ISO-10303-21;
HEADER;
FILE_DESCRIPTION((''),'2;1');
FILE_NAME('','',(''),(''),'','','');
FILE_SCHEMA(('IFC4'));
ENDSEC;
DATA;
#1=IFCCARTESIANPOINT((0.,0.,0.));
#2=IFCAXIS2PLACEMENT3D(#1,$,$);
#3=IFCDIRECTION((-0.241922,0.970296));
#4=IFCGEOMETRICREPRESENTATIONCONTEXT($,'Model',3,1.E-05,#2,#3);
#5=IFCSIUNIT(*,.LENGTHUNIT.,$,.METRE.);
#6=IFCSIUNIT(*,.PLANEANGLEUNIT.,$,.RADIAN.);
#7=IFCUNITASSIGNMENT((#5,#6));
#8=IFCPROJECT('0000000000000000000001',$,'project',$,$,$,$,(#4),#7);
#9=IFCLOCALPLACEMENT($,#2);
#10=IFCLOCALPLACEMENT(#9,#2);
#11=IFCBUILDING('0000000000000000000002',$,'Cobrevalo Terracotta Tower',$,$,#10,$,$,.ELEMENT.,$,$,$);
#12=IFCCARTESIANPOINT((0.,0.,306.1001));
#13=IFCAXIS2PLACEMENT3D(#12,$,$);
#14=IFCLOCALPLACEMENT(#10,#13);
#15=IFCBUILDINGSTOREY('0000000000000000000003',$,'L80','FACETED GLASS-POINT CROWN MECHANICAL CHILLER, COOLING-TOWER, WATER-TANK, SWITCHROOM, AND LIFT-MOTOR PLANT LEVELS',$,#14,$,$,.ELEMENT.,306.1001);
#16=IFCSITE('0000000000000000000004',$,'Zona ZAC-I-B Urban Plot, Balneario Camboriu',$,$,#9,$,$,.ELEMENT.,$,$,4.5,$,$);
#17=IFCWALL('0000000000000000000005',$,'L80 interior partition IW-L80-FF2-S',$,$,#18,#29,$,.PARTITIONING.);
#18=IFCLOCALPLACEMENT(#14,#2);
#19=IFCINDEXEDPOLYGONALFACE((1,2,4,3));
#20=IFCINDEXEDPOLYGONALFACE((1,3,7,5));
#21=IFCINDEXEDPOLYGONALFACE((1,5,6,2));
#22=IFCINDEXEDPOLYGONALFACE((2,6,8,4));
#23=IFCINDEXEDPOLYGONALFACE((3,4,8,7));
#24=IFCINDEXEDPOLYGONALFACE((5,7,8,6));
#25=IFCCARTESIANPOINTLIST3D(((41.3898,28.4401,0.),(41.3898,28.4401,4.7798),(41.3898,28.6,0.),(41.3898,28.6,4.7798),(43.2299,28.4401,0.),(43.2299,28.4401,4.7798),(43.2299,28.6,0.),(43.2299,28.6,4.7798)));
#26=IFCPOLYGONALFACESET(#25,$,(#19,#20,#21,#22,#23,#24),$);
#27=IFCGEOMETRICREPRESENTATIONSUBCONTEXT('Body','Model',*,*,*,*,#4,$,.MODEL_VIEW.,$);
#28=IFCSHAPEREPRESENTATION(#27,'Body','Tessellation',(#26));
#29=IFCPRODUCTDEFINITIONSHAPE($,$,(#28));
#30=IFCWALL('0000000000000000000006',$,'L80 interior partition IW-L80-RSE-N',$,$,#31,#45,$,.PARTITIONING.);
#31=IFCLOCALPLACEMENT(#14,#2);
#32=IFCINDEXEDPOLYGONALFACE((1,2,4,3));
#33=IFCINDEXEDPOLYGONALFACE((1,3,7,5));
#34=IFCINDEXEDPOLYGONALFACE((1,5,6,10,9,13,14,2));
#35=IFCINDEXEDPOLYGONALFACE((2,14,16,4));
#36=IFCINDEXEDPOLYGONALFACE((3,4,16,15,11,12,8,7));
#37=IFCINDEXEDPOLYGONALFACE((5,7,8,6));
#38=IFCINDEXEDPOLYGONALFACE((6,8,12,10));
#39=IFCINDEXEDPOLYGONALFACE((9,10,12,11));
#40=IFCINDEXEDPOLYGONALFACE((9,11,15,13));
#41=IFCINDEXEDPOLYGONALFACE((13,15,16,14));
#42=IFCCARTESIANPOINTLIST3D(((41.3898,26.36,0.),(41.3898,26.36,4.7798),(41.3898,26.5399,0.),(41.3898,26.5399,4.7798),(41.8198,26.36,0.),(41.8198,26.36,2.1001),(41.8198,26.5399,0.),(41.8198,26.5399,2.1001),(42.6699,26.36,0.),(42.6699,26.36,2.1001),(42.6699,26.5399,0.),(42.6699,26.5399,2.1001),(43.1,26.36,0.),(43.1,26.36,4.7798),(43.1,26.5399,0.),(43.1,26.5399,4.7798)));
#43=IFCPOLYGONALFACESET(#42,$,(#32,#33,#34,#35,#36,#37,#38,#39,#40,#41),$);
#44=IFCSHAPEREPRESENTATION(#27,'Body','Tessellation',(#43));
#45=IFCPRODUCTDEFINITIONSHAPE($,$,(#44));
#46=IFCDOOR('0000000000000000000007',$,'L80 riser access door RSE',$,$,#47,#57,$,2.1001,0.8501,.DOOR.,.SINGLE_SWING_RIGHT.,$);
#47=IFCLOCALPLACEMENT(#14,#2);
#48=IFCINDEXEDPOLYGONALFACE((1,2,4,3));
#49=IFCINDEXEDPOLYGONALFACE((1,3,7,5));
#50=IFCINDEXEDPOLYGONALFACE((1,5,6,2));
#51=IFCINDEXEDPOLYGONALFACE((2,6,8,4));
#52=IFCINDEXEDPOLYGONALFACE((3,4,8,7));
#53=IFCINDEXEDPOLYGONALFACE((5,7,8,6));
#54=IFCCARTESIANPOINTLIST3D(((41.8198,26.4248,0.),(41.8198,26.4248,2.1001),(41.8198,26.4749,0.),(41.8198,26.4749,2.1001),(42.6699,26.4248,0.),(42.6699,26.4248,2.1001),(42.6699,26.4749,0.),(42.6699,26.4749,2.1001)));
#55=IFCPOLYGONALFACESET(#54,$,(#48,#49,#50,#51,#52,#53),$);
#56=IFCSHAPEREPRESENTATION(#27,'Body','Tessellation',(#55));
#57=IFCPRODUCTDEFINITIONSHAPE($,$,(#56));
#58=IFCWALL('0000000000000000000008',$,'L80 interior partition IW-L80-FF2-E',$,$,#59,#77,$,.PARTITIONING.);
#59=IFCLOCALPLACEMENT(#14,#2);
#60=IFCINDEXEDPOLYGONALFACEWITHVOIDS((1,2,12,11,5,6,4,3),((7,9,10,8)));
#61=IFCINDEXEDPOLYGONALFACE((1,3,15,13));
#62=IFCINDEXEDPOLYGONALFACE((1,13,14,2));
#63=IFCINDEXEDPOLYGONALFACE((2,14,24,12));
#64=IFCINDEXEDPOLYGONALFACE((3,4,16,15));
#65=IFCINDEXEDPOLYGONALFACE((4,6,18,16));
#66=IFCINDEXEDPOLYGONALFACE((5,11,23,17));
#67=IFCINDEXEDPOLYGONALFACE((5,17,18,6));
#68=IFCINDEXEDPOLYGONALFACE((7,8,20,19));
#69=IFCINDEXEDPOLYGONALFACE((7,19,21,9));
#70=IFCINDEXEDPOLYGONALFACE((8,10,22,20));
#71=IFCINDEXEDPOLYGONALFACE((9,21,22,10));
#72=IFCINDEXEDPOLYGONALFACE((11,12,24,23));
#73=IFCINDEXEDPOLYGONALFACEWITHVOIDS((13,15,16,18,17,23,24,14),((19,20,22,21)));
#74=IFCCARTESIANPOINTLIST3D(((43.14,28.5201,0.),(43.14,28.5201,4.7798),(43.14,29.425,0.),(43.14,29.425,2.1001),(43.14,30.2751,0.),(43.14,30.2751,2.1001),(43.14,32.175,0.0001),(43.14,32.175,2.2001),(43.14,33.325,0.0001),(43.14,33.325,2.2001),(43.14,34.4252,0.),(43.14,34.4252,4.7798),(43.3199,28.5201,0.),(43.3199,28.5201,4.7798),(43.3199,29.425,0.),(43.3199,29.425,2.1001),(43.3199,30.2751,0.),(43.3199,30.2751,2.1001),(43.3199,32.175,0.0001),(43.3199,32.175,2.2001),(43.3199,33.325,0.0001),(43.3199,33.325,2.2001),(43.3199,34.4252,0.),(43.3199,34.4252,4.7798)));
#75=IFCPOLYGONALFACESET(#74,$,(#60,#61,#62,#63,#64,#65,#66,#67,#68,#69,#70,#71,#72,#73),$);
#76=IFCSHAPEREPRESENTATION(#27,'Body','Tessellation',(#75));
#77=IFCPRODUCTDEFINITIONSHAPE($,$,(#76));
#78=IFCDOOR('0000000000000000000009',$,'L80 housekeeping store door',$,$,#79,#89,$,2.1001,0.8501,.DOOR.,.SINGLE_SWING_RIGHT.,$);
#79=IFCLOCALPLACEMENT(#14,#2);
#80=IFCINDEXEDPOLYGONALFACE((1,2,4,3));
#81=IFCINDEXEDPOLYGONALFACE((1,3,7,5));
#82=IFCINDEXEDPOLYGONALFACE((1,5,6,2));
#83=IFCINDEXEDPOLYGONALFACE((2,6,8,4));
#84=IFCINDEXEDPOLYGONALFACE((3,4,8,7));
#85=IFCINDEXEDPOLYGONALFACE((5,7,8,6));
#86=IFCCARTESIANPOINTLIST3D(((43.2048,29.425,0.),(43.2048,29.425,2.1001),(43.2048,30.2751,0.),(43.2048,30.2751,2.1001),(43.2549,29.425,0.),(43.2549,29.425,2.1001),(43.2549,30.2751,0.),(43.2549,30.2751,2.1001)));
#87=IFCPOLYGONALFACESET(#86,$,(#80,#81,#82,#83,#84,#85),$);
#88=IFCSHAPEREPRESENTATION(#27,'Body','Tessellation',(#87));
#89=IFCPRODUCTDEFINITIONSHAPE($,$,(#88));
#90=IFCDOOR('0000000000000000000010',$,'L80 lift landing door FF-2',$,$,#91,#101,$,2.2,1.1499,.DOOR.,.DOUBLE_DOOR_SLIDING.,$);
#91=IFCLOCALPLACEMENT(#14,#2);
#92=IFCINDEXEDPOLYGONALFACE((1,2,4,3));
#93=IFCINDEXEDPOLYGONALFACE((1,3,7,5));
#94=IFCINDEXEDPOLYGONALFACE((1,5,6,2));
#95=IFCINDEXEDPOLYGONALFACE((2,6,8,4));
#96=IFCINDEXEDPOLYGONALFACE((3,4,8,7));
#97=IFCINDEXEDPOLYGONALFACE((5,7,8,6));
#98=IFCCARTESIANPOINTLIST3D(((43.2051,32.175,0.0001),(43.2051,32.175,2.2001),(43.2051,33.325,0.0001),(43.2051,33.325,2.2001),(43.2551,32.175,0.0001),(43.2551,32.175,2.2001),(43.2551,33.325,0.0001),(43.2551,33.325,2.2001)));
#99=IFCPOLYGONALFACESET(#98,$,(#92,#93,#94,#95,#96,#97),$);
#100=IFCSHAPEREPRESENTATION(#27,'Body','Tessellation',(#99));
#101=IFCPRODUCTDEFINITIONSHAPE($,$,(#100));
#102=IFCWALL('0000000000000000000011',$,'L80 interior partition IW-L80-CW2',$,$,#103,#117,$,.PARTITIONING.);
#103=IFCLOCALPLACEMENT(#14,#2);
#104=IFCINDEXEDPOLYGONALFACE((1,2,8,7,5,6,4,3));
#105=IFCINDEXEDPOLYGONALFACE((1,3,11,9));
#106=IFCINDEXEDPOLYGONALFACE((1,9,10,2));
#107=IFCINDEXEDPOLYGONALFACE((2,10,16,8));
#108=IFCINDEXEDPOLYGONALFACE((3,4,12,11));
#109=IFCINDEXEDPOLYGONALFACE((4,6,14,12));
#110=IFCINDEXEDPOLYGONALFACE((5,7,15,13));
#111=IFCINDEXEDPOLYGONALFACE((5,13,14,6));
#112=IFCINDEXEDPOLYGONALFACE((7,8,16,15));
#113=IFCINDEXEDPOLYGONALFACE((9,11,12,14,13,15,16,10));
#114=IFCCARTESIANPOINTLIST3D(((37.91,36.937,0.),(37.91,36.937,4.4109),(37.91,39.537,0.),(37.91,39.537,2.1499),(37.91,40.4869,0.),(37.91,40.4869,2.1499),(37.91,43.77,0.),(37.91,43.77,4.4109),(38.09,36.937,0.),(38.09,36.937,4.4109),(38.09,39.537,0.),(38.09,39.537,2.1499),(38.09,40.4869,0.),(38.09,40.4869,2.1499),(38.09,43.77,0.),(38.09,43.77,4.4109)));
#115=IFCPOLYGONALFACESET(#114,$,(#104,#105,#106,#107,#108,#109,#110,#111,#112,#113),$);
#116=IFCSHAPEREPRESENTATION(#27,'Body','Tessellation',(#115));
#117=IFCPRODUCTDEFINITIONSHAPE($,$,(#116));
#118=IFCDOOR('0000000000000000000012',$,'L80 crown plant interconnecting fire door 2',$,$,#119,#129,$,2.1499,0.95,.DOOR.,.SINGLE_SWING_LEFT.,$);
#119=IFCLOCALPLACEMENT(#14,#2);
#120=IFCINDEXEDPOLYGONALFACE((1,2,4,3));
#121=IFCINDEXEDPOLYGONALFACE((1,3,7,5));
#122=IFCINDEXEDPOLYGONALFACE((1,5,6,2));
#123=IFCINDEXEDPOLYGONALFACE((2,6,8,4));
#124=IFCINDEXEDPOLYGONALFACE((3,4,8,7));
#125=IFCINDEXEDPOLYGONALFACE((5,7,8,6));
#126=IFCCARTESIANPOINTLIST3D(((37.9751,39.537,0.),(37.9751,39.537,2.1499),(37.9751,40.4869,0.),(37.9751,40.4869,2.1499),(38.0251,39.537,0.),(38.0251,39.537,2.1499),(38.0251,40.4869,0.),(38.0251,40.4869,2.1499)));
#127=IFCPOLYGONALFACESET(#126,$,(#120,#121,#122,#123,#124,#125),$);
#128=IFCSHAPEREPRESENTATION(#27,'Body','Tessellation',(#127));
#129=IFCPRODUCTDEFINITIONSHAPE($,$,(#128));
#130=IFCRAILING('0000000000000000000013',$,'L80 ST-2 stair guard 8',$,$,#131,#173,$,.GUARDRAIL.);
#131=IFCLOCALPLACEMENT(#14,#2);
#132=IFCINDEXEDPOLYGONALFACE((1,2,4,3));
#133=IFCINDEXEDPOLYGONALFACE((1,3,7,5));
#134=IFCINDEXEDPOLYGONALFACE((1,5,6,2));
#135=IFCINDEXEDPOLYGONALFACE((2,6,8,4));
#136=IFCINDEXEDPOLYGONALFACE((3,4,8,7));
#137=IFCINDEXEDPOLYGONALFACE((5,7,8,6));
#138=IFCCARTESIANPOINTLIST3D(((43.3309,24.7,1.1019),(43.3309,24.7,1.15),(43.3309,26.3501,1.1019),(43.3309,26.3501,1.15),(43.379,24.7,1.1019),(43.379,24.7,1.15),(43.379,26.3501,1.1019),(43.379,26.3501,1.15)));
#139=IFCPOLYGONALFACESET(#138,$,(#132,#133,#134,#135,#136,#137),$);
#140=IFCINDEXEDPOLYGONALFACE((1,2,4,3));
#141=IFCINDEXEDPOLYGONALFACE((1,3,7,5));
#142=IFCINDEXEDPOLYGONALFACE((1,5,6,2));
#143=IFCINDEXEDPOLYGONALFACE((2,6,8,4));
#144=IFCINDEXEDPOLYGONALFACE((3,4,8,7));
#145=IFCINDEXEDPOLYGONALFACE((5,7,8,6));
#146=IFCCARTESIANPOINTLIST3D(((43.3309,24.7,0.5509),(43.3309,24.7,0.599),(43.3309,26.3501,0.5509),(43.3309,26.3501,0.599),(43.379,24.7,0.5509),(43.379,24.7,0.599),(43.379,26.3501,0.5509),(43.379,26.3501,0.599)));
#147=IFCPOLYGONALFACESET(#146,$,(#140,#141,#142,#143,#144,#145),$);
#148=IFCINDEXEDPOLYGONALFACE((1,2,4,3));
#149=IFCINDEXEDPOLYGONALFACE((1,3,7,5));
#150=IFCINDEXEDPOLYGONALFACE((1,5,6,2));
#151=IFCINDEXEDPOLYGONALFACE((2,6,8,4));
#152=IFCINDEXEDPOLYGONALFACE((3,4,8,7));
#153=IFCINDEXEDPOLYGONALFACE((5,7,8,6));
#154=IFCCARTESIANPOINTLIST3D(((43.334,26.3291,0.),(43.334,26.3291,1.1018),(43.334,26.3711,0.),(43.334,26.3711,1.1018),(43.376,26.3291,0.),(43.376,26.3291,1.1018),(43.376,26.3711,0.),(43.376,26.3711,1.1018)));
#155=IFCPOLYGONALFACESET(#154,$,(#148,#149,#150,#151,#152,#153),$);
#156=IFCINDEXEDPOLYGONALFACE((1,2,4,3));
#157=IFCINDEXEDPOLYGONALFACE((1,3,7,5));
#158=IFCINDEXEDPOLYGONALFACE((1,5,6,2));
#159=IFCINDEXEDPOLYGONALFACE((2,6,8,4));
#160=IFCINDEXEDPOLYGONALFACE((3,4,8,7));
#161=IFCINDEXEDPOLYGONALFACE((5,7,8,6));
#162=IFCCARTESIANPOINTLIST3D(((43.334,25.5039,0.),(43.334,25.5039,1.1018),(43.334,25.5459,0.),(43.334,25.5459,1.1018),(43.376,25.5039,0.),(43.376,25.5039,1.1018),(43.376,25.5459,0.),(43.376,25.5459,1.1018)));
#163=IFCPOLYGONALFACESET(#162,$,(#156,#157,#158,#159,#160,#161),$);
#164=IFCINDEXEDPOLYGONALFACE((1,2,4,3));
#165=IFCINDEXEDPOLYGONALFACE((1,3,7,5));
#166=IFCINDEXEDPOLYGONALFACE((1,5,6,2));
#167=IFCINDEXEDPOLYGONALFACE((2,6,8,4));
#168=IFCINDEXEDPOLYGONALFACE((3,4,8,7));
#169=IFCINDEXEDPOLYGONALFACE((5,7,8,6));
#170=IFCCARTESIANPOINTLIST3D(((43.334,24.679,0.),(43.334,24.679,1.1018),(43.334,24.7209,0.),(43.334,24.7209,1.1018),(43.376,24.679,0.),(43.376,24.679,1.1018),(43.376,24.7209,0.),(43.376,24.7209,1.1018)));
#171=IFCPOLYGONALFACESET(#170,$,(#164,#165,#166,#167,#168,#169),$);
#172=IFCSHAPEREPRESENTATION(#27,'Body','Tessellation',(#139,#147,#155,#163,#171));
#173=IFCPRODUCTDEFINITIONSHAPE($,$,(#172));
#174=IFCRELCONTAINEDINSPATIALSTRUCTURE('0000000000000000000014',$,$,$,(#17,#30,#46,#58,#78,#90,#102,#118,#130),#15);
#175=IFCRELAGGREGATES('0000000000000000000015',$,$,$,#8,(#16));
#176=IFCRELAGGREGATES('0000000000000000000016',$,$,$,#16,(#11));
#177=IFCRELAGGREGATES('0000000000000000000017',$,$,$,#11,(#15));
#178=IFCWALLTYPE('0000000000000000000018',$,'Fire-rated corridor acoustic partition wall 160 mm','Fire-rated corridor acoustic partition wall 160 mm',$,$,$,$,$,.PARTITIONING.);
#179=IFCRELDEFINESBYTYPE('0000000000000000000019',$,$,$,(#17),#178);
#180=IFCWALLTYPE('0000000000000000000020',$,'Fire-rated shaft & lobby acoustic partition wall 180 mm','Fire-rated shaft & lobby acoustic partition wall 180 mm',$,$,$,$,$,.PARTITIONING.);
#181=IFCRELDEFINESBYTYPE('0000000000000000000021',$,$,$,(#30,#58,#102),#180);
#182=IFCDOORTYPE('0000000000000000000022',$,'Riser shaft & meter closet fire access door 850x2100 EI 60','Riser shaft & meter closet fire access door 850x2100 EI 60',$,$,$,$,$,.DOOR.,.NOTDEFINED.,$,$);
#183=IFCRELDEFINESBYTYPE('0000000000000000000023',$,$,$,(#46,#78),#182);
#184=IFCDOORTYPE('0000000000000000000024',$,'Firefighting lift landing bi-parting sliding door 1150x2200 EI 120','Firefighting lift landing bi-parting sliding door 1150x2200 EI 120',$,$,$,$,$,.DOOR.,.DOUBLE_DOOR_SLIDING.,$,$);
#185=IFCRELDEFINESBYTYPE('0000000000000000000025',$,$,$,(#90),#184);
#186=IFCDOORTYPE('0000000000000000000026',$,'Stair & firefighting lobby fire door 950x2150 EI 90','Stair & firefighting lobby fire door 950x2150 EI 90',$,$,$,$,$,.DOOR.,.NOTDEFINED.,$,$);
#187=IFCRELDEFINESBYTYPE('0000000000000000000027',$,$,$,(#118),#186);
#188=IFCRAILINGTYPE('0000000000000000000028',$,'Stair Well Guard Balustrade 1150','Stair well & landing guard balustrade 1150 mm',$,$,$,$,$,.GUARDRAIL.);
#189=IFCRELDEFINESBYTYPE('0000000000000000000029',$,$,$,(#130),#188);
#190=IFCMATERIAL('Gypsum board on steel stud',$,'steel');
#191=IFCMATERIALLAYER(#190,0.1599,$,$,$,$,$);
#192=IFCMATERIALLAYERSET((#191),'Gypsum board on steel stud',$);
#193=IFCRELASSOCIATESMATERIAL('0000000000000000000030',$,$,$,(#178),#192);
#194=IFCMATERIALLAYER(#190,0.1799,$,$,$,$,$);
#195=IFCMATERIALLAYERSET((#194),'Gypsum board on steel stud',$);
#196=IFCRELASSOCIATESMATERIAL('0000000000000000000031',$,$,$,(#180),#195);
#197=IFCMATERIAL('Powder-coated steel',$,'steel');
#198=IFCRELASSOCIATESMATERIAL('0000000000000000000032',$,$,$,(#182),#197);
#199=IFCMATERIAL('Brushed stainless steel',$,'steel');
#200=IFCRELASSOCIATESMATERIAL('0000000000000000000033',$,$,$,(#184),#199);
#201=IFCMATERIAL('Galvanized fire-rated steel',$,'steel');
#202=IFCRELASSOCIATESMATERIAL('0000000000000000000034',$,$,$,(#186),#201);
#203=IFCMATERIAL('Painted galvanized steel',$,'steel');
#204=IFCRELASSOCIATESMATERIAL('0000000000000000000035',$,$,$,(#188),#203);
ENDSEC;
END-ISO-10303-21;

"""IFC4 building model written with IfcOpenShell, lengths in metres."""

from ifc_helpers import new_model, si_unit, direction, frame, frame_2d, origin, origin_2d, place, context, subcontext, project, spatial, rectangle, extrude, source, transform, mapped, material, layer, layer_set, type_object, element, fill, save


model = new_model("IFC4")

# Units and contexts
model_context = context("Model", 3, precision=1e-05, world=origin(), true_north=direction((-0.241922, 0.970296)))
body_context = subcontext(model_context, "Body", "Model", "MODEL_VIEW")
ifc_project = project(units=[si_unit("LENGTHUNIT", "METRE"), si_unit("PLANEANGLEUNIT", "RADIAN")], contexts=[model_context])

# Site, building, storey
site_placement = place(None, origin())
site = spatial("IfcSite", under=ifc_project, at=site_placement, Name="Zona ZAC-I-B Urban Plot, Balneario Camboriu", CompositionType="ELEMENT", RefElevation=4.5)
building_placement = place(site_placement, origin())
building = spatial("IfcBuilding", under=site, at=building_placement, Name="Cobrevalo Terracotta Tower", CompositionType="ELEMENT")
storey_placement = place(building_placement, frame((0.0, 0.0, 306.1001)))
storey = spatial("IfcBuildingStorey", under=building, at=storey_placement, Name="L80", Description="FACETED GLASS-POINT CROWN MECHANICAL CHILLER, COOLING-TOWER, WATER-TANK, SWITCHROOM, AND LIFT-MOTOR PLANT LEVELS", CompositionType="ELEMENT", Elevation=306.1001)

# Wall
ifc_material_1 = material(Name="Gypsum board on steel stud", Category="steel")
ifc_layer_1 = layer(ifc_material_1, 0.1599)
ifc_layer_set_1 = layer_set([ifc_layer_1], Name="Gypsum board on steel stud")
wall_type_1 = type_object("IfcWallType", Name="Fire-rated corridor acoustic partition wall 160 mm", Description="Fire-rated corridor acoustic partition wall 160 mm", PredefinedType="PARTITIONING", material=ifc_layer_set_1)
wall_1_placement = place(storey_placement, frame((41.3899, 28.52, 0.0), z_axis=(0.0, 0.0, 1.0), x_axis=(1.0, 0.0, 0.0)))
element("IfcWall", 1, at=wall_1_placement, inside=storey, type_object=wall_type_1, Name="L80 interior partition IW-L80-FF2-S", PredefinedType="PARTITIONING", context=body_context, shape_type="SweptSolid", body=[
    extrude(rectangle(XDim=1.8401, YDim=0.1599, at=frame_2d((0.9199, 0.0))), origin(), (0.0, 0.0, 1.0), 4.7798),
])

# Wall, opening, door
ifc_layer_2 = layer(ifc_material_1, 0.1799)
ifc_layer_set_2 = layer_set([ifc_layer_2], Name="Gypsum board on steel stud")
wall_type_2 = type_object("IfcWallType", Name="Fire-rated shaft & lobby acoustic partition wall 180 mm", Description="Fire-rated shaft & lobby acoustic partition wall 180 mm", PredefinedType="PARTITIONING", material=ifc_layer_set_2)
wall_2_placement = place(storey_placement, frame((41.3899, 26.45, 0.0), z_axis=(0.0, 0.0, 1.0), x_axis=(1.0, 0.0, 0.0)))
wall_2 = element("IfcWall", 2, at=wall_2_placement, inside=storey, type_object=wall_type_2, Name="L80 interior partition IW-L80-RSE-N", PredefinedType="PARTITIONING", context=body_context, shape_type="SweptSolid", body=[
    extrude(rectangle(XDim=1.7102, YDim=0.1799, at=frame_2d((0.855, 0.0))), origin(), (0.0, 0.0, 1.0), 4.7798),
])
opening_1_placement = place(wall_2_placement, frame((0.4299, 0.0, 0.0)))
opening_1 = element("IfcOpeningElement", 3, at=opening_1_placement, cuts=wall_2, PredefinedType="OPENING", context=body_context, shape_type="SweptSolid", body=[
    extrude(rectangle(XDim=0.8501, YDim=2.1001, at=frame_2d((0.425, 1.05))), frame((0.0, 0.1001, 0.0), z_axis=(0.0, -1.0, 0.0), x_axis=(1.0, 0.0, 0.0)), (0.0, 0.0, 1.0), 0.2),
])
ifc_material_2 = material(Name="Powder-coated steel", Category="steel")
door_type_1 = type_object("IfcDoorType", Name="Riser shaft & meter closet fire access door 850x2100 EI 60", Description="Riser shaft & meter closet fire access door 850x2100 EI 60", OperationType="NOTDEFINED", PredefinedType="DOOR", material=ifc_material_2)
shared_shape_1 = source(origin(), body_context, "Body", "SweptSolid", [
    extrude(rectangle(XDim=0.8501, YDim=2.1001, at=frame_2d((0.425, 1.05))), frame((0.0, 0.0249, 0.0), z_axis=(0.0, -1.0, 0.0), x_axis=(1.0, 0.0, 0.0)), (0.0, 0.0, 1.0), 0.05),
])
door_1_placement = place(opening_1_placement, origin())
door_1 = element("IfcDoor", 4, at=door_1_placement, inside=storey, type_object=door_type_1, Name="L80 riser access door RSE", OperationType="SINGLE_SWING_RIGHT", OverallHeight=2.1001, OverallWidth=0.8501, PredefinedType="DOOR", context=body_context, shape_type="MappedRepresentation", body=[
    mapped(shared_shape_1, transform((0.0, 0.0, 0.0), scale=1.0)),
])
fill(opening_1, door_1)

# Wall, openings, doors
wall_3_placement = place(storey_placement, frame((43.23, 28.52, 0.0), z_axis=(0.0, 0.0, 1.0), x_axis=(0.0, 1.0, 0.0)))
wall_3 = element("IfcWall", 5, at=wall_3_placement, inside=storey, type_object=wall_type_2, Name="L80 interior partition IW-L80-FF2-E", PredefinedType="PARTITIONING", context=body_context, shape_type="SweptSolid", body=[
    extrude(rectangle(XDim=5.905, YDim=0.1799, at=frame_2d((2.9526, 0.0))), origin(), (0.0, 0.0, 1.0), 4.7798),
])
opening_2_placement = place(wall_3_placement, frame((0.905, 0.0, 0.0)))
opening_2 = element("IfcOpeningElement", 6, at=opening_2_placement, cuts=wall_3, PredefinedType="OPENING", context=body_context, shape_type="SweptSolid", body=[
    extrude(rectangle(XDim=0.8501, YDim=2.1001, at=frame_2d((0.425, 1.05))), frame((0.0, 0.1001, 0.0), z_axis=(0.0, -1.0, 0.0), x_axis=(1.0, 0.0, 0.0)), (0.0, 0.0, 1.0), 0.2),
])
opening_3_placement = place(wall_3_placement, frame((3.655, 0.0, 0.0)))
opening_3 = element("IfcOpeningElement", 7, at=opening_3_placement, cuts=wall_3, PredefinedType="OPENING", context=body_context, shape_type="SweptSolid", body=[
    extrude(rectangle(XDim=1.1499, YDim=2.2, at=frame_2d((0.575, 1.1001))), frame((0.0, 0.1001, 0.0), z_axis=(0.0, -1.0, 0.0), x_axis=(1.0, 0.0, 0.0)), (0.0, 0.0, 1.0), 0.2),
])
door_2_placement = place(opening_2_placement, frame((0.8501, 0.0, 0.0), z_axis=(0.0, 0.0, 1.0), x_axis=(-1.0, 0.0, 0.0)))
door_2 = element("IfcDoor", 8, at=door_2_placement, inside=storey, type_object=door_type_1, Name="L80 housekeeping store door", OperationType="SINGLE_SWING_RIGHT", OverallHeight=2.1001, OverallWidth=0.8501, PredefinedType="DOOR", context=body_context, shape_type="MappedRepresentation", body=[
    mapped(shared_shape_1, transform((0.0, 0.0, 0.0), scale=1.0)),
])
fill(opening_2, door_2)
ifc_material_3 = material(Name="Brushed stainless steel", Category="steel")
door_type_2 = type_object("IfcDoorType", Name="Firefighting lift landing bi-parting sliding door 1150x2200 EI 120", Description="Firefighting lift landing bi-parting sliding door 1150x2200 EI 120", OperationType="DOUBLE_DOOR_SLIDING", PredefinedType="DOOR", material=ifc_material_3)
shared_shape_2 = source(origin(), body_context, "Body", "SweptSolid", [
    extrude(rectangle(XDim=1.1499, YDim=2.2, at=frame_2d((0.575, 1.1001))), frame((0.0, 0.0249, 0.0), z_axis=(0.0, -1.0, 0.0), x_axis=(1.0, 0.0, 0.0)), (0.0, 0.0, 1.0), 0.05),
])
door_3_placement = place(opening_3_placement, origin())
door_3 = element("IfcDoor", 9, at=door_3_placement, inside=storey, type_object=door_type_2, Name="L80 lift landing door FF-2", OperationType="DOUBLE_DOOR_SLIDING", OverallHeight=2.2, OverallWidth=1.1499, PredefinedType="DOOR", context=body_context, shape_type="MappedRepresentation", body=[
    mapped(shared_shape_2, transform((0.0, 0.0, 0.0), scale=1.0)),
])
fill(opening_3, door_3)

# Wall, opening, door
wall_4_placement = place(storey_placement, frame((38.0, 36.937, 0.0), z_axis=(0.0, 0.0, 1.0), x_axis=(0.0, 1.0, 0.0)))
wall_4 = element("IfcWall", 10, at=wall_4_placement, inside=storey, type_object=wall_type_2, Name="L80 interior partition IW-L80-CW2", PredefinedType="PARTITIONING", context=body_context, shape_type="SweptSolid", body=[
    extrude(rectangle(XDim=6.833, YDim=0.1799, at=frame_2d((3.4165, 0.0))), origin(), (0.0, 0.0, 1.0), 4.4109),
])
opening_4_placement = place(wall_4_placement, frame((2.5999, 0.0, 0.0)))
opening_4 = element("IfcOpeningElement", 11, at=opening_4_placement, cuts=wall_4, PredefinedType="OPENING", context=body_context, shape_type="SweptSolid", body=[
    extrude(rectangle(XDim=0.95, YDim=2.1499, at=frame_2d((0.4751, 1.075))), frame((0.0, 0.1001, 0.0), z_axis=(0.0, -1.0, 0.0), x_axis=(1.0, 0.0, 0.0)), (0.0, 0.0, 1.0), 0.2),
])
ifc_material_4 = material(Name="Galvanized fire-rated steel", Category="steel")
door_type_3 = type_object("IfcDoorType", Name="Stair & firefighting lobby fire door 950x2150 EI 90", Description="Stair & firefighting lobby fire door 950x2150 EI 90", OperationType="NOTDEFINED", PredefinedType="DOOR", material=ifc_material_4)
shared_shape_3 = source(origin(), body_context, "Body", "SweptSolid", [
    extrude(rectangle(XDim=0.95, YDim=2.1499, at=frame_2d((0.4751, 1.075))), frame((0.0, 0.0249, 0.0), z_axis=(0.0, -1.0, 0.0), x_axis=(1.0, 0.0, 0.0)), (0.0, 0.0, 1.0), 0.05),
])
door_4_placement = place(opening_4_placement, origin())
door_4 = element("IfcDoor", 12, at=door_4_placement, inside=storey, type_object=door_type_3, Name="L80 crown plant interconnecting fire door 2", OperationType="SINGLE_SWING_LEFT", OverallHeight=2.1499, OverallWidth=0.95, PredefinedType="DOOR", context=body_context, shape_type="MappedRepresentation", body=[
    mapped(shared_shape_3, transform((0.0, 0.0, 0.0), scale=1.0)),
])
fill(opening_4, door_4)

# Railing
ifc_material_5 = material(Name="Painted galvanized steel", Category="steel")
railing_type = type_object("IfcRailingType", Name="Stair Well Guard Balustrade 1150", Description="Stair well & landing guard balustrade 1150 mm", PredefinedType="GUARDRAIL", material=ifc_material_5)
for number, where, name in (
    (13, (43.355, 26.3501, 0.0), "L80 ST-2 stair guard 8"),
):
    element("IfcRailing", number, at=place(storey_placement, frame(where)), inside=storey, type_object=railing_type, Name=name, PredefinedType="GUARDRAIL", context=body_context, shape_type="SweptSolid", body=[
        extrude(rectangle(XDim=0.0481, YDim=0.0481, at=origin_2d()), frame((0.0, 0.0, 1.126), z_axis=(0.0, -1.0, 0.0), x_axis=(1.0, 0.0, 0.0)), (0.0, 0.0, 1.0), 1.6501),
        extrude(rectangle(XDim=0.0481, YDim=0.0481, at=origin_2d()), frame((0.0, 0.0, 0.575), z_axis=(0.0, -1.0, 0.0), x_axis=(1.0, 0.0, 0.0)), (0.0, 0.0, 1.0), 1.6501),
        extrude(rectangle(XDim=0.042, YDim=0.042, at=origin_2d()), origin(), (0.0, 0.0, 1.0), 1.1018),
        extrude(rectangle(XDim=0.042, YDim=0.042, at=origin_2d()), frame((0.0, -0.8252, 0.0)), (0.0, 0.0, 1.0), 1.1018),
        extrude(rectangle(XDim=0.042, YDim=0.042, at=origin_2d()), frame((0.0, -1.6501, 0.0)), (0.0, 0.0, 1.0), 1.1018),
    ])

save(model, "model.ifc")
